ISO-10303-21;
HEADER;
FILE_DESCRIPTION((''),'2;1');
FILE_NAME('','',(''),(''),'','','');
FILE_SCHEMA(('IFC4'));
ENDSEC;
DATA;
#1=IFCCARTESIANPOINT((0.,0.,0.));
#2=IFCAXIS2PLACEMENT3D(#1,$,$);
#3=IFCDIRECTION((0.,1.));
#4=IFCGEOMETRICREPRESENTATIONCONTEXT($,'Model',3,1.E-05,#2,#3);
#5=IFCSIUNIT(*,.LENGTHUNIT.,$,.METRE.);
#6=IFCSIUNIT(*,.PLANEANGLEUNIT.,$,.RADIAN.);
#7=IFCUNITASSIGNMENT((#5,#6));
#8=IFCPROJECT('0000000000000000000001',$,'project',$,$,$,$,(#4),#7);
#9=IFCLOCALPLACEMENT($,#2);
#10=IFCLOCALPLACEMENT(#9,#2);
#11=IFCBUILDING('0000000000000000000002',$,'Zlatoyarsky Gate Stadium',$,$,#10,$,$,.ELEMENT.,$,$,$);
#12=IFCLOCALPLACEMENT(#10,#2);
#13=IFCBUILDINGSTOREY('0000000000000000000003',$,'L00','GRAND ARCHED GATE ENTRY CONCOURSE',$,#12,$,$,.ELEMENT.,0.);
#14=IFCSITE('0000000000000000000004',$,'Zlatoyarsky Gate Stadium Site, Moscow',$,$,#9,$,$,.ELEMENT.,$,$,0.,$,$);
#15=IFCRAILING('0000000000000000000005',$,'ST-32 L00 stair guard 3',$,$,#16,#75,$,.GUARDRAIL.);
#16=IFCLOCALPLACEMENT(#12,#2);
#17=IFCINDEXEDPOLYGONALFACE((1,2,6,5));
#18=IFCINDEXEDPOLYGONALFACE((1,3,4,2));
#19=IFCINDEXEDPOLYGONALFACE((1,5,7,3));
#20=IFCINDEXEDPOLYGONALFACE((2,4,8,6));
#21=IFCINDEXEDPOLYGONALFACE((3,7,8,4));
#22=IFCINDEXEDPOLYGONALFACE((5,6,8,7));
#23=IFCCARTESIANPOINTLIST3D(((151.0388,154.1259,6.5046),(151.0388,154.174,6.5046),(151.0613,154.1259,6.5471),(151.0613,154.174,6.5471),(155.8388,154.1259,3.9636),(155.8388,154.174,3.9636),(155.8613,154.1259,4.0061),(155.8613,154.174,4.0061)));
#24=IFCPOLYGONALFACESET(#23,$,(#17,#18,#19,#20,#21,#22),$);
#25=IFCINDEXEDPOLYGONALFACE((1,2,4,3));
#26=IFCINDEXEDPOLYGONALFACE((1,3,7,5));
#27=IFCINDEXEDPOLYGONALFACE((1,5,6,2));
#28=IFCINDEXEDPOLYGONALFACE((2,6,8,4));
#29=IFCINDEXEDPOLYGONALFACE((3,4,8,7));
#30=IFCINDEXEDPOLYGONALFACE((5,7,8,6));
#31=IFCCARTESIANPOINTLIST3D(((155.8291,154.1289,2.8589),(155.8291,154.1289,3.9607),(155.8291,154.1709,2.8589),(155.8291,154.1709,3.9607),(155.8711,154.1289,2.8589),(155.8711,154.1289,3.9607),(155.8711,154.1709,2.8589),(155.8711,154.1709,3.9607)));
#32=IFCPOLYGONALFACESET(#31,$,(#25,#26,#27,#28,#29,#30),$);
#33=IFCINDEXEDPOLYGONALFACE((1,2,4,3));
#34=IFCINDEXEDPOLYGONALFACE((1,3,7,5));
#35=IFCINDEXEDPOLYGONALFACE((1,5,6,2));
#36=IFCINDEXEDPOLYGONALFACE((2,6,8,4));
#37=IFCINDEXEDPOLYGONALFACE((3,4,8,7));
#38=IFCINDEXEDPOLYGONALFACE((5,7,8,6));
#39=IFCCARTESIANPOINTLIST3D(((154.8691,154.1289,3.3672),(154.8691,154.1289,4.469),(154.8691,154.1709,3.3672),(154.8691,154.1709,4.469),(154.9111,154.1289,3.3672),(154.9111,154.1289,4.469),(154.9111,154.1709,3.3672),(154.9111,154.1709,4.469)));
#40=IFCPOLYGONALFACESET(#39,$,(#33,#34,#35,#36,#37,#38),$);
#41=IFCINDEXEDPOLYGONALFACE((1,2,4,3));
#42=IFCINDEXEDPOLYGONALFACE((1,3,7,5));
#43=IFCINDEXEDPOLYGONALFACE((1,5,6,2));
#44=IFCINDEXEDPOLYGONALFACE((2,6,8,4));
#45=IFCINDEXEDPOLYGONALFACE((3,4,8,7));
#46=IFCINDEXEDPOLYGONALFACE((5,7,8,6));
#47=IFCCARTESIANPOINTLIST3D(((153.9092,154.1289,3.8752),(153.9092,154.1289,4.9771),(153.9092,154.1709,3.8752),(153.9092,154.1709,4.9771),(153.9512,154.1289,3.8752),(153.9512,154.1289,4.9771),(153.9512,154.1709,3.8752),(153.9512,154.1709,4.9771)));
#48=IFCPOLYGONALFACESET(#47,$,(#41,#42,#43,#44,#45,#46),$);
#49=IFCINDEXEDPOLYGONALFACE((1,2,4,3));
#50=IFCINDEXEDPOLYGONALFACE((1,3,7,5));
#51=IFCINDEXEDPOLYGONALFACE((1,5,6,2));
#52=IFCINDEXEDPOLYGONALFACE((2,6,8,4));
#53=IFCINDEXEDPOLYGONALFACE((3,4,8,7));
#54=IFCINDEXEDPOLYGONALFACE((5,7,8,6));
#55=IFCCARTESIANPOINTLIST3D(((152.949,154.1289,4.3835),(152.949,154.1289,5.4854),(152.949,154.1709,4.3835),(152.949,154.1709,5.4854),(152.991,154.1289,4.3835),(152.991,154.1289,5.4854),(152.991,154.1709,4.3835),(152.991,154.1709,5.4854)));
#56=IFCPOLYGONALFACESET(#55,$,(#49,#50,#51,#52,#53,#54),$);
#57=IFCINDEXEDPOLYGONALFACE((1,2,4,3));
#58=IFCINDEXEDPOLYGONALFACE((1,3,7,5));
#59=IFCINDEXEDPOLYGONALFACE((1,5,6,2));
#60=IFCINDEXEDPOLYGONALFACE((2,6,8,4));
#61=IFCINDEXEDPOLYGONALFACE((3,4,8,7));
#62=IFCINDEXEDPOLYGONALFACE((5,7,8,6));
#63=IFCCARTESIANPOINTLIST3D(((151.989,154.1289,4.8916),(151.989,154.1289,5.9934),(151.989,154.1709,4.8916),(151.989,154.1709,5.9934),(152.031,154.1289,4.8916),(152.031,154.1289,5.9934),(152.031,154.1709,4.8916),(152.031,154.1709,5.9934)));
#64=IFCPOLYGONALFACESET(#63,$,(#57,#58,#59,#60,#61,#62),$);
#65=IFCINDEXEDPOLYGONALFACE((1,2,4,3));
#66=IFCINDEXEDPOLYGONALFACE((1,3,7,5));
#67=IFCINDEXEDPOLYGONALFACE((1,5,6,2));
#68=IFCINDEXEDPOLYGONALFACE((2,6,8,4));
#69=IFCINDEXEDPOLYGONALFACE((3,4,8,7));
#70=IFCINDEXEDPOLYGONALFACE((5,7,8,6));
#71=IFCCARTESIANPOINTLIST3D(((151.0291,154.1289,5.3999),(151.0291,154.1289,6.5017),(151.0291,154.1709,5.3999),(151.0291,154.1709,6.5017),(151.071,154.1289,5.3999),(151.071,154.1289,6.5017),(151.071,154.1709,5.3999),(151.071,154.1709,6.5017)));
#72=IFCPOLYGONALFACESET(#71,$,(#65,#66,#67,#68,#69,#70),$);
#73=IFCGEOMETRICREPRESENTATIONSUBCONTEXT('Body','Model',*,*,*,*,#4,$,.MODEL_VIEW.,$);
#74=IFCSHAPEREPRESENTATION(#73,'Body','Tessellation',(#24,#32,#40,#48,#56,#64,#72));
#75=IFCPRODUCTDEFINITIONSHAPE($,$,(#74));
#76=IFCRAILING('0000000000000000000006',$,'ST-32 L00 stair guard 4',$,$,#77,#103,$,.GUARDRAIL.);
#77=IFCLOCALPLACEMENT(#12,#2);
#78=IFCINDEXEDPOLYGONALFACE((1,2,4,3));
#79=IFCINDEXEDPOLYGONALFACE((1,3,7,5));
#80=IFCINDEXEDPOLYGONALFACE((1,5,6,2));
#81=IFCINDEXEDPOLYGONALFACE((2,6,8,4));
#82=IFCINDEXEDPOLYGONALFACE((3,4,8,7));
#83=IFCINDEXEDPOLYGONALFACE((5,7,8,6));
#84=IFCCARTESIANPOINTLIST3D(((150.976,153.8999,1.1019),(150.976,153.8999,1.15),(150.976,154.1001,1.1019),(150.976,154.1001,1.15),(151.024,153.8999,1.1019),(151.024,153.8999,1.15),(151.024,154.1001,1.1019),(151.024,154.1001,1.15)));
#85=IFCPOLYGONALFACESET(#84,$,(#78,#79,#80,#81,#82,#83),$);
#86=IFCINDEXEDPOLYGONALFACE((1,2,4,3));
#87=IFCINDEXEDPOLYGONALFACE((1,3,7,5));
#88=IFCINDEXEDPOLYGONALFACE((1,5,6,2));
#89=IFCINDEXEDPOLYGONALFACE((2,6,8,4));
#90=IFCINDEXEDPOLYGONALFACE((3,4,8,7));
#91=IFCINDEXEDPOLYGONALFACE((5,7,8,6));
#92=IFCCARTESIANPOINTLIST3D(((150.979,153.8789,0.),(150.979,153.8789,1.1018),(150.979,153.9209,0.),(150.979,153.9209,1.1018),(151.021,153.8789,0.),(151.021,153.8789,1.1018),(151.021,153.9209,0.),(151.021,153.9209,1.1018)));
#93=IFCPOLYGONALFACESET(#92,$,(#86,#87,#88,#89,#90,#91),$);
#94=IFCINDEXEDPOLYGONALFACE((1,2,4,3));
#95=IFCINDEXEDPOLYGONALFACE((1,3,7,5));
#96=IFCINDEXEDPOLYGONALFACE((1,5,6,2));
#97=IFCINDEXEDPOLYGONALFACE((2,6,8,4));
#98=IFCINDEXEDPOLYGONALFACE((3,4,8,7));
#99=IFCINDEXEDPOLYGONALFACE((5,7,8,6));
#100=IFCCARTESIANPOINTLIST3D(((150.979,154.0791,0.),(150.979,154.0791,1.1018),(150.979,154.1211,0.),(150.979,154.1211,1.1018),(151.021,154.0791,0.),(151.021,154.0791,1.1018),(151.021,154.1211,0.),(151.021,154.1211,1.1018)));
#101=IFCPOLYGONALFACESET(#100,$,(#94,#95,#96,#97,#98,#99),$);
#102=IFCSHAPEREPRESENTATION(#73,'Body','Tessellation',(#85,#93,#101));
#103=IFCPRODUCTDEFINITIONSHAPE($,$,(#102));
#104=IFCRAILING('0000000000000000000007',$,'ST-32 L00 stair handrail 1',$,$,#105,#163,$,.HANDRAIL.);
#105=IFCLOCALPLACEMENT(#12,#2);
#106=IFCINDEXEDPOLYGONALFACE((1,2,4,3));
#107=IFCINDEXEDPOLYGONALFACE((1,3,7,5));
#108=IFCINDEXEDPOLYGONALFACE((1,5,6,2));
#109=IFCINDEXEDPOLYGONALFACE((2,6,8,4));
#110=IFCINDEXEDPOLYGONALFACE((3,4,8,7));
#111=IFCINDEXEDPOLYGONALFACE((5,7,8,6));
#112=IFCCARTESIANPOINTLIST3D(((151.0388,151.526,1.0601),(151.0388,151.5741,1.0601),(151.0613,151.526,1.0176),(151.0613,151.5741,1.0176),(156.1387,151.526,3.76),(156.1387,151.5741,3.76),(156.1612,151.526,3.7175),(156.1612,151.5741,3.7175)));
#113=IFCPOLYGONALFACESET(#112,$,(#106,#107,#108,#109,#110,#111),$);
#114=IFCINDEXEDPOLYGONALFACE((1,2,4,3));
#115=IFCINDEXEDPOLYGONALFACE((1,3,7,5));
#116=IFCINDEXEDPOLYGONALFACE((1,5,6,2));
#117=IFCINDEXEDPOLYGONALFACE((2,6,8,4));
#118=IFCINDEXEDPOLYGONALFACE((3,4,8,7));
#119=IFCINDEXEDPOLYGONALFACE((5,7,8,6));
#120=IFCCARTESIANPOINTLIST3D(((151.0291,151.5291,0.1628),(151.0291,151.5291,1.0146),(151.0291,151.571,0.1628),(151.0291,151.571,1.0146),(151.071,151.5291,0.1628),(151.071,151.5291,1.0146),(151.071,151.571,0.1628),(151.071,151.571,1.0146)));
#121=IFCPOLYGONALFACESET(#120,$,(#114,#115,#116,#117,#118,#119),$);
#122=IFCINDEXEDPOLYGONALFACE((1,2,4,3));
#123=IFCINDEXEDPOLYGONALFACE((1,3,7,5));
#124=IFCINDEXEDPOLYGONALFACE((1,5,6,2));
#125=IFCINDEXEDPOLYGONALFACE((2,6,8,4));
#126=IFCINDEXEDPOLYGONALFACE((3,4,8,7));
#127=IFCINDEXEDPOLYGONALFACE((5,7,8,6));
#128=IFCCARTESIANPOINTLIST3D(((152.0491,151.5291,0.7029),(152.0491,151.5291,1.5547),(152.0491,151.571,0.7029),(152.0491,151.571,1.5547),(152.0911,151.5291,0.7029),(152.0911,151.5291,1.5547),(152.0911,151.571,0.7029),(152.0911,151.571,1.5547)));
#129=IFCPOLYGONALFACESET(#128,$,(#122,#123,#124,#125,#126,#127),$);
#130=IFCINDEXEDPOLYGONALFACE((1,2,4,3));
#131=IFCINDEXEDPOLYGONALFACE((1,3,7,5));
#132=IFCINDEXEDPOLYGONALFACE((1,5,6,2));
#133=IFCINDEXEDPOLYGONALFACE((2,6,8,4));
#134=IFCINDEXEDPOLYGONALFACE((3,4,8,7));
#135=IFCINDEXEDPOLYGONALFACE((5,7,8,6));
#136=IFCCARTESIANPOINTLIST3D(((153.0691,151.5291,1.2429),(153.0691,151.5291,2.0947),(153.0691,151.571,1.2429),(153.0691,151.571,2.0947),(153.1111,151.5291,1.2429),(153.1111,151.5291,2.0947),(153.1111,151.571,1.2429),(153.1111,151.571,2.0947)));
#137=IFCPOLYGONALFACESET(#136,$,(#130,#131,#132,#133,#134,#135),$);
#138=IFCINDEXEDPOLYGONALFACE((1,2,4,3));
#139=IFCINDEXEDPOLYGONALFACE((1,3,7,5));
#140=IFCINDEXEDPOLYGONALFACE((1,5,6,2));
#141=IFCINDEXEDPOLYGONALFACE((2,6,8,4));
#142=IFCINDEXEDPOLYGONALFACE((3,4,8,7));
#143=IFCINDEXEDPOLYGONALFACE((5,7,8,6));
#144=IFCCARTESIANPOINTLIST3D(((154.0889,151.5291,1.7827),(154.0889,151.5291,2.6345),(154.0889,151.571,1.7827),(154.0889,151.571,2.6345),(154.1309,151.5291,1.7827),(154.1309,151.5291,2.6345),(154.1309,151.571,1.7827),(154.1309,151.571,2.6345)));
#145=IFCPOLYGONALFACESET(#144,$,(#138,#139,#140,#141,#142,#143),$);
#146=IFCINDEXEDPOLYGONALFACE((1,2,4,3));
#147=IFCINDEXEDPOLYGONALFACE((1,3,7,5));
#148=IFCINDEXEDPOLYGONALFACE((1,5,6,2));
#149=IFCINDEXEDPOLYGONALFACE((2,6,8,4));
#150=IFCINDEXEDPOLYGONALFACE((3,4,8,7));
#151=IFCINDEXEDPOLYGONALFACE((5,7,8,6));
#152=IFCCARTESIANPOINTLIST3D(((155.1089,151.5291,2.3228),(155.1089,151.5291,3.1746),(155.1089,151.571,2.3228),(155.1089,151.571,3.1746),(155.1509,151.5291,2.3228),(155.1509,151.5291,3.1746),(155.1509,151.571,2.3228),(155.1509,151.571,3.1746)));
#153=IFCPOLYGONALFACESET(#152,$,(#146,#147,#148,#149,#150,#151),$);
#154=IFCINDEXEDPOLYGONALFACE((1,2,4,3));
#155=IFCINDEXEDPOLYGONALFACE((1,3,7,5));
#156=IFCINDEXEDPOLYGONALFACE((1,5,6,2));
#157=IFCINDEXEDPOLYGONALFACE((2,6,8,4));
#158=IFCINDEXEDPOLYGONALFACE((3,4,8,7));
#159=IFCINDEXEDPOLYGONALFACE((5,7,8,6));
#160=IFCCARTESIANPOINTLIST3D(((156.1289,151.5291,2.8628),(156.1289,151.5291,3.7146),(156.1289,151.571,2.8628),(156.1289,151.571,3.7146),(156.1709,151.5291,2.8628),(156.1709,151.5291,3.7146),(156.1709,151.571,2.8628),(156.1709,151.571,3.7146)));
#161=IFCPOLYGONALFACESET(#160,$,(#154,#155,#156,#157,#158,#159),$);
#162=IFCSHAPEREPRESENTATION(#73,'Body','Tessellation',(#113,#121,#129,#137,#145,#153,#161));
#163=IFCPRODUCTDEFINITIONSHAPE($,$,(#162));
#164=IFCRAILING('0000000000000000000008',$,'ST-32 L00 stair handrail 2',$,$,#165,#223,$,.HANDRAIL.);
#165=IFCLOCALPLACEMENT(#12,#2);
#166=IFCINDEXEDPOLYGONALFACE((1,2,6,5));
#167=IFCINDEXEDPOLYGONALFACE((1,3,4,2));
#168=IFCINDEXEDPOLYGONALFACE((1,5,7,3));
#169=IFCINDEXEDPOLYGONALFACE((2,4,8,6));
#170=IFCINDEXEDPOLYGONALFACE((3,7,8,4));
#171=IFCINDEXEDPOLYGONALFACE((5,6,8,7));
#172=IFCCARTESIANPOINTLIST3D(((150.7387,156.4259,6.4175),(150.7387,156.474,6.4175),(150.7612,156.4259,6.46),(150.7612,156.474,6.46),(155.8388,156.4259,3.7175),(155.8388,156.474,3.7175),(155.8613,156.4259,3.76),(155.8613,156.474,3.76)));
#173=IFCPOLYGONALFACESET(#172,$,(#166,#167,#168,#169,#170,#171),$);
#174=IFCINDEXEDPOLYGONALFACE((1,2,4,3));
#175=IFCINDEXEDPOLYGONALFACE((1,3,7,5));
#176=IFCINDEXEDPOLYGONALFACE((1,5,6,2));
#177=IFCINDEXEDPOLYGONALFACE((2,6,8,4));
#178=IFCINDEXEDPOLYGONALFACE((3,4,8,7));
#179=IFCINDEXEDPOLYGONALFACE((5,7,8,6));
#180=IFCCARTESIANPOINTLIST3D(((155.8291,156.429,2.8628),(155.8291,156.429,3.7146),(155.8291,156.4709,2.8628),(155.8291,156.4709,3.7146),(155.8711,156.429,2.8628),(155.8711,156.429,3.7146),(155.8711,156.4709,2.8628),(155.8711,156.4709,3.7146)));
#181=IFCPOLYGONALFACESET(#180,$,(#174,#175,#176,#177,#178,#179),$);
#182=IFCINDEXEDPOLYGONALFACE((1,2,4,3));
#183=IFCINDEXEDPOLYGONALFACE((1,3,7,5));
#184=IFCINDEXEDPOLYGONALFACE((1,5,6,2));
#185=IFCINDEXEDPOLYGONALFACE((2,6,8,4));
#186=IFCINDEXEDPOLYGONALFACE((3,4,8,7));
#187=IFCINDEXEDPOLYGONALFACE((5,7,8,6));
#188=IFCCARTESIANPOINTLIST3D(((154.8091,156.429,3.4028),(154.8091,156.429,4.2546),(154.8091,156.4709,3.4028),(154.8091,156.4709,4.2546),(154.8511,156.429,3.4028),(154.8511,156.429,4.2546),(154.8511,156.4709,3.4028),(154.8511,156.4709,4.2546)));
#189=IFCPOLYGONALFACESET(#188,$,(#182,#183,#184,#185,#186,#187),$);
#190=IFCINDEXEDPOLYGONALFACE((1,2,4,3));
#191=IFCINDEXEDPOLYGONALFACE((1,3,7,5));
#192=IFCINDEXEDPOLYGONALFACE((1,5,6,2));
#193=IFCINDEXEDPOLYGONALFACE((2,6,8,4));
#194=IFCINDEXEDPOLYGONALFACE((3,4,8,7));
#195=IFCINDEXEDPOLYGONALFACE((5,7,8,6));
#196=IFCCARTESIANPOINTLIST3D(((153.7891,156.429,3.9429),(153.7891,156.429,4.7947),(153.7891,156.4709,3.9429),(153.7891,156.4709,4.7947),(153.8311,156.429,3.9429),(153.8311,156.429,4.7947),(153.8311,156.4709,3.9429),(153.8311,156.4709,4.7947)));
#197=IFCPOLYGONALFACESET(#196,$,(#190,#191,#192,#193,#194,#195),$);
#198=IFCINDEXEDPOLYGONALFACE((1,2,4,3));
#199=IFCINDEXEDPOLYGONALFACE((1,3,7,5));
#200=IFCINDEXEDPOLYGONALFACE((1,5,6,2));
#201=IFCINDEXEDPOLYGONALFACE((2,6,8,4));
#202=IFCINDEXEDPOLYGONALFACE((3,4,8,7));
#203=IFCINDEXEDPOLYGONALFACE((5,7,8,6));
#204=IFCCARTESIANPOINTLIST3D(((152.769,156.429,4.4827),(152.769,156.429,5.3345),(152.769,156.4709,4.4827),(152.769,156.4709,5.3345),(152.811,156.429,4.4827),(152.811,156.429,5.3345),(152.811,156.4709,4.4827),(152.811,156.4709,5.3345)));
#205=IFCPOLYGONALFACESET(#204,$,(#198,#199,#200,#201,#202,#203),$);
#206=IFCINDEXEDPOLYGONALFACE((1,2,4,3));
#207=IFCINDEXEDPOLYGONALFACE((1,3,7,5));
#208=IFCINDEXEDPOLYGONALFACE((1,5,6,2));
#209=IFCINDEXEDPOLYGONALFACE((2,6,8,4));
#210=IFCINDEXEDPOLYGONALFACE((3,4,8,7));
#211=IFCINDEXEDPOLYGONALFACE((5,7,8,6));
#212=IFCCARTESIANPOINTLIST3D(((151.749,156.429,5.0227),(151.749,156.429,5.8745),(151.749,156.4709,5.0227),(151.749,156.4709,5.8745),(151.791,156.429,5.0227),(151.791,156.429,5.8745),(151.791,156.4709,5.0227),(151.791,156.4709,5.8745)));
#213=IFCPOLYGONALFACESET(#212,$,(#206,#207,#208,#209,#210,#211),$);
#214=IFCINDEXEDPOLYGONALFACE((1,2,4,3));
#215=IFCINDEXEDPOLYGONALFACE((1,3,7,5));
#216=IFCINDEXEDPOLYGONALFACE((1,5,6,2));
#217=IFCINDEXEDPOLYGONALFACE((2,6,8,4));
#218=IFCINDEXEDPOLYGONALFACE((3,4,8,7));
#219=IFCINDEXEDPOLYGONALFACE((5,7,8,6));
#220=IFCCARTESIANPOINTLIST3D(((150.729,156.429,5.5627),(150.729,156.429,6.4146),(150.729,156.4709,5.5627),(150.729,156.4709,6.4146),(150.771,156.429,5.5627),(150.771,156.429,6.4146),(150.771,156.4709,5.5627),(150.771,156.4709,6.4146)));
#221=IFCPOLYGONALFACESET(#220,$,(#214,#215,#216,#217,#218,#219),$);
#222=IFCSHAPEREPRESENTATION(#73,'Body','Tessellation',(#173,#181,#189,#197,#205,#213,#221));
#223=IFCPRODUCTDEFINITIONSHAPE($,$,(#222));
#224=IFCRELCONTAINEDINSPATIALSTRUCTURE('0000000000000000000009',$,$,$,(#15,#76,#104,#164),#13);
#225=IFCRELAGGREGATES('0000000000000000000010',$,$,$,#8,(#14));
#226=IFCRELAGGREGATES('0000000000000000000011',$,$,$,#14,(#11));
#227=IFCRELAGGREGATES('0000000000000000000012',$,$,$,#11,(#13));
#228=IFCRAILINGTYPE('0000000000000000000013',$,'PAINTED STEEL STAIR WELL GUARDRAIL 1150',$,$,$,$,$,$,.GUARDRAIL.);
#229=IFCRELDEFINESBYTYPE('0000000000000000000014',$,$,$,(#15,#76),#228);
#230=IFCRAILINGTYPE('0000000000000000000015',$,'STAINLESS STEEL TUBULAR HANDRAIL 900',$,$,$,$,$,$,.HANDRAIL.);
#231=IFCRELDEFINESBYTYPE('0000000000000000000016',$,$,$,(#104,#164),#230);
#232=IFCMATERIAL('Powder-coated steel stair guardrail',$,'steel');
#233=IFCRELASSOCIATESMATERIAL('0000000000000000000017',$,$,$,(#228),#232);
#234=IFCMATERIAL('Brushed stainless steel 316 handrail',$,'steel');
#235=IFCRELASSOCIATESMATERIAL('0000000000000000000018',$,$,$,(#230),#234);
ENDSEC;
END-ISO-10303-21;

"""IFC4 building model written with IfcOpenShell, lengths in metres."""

from ifc_helpers import new_model, si_unit, direction, frame, origin, origin_2d, place, context, subcontext, project, spatial, rectangle, extrude, material, type_object, element, save


model = new_model("IFC4")

# Units and contexts
model_context = context("Model", 3, precision=1e-05, world=origin(), true_north=direction((0.0, 1.0)))
body_context = subcontext(model_context, "Body", "Model", "MODEL_VIEW")
ifc_project = project(units=[si_unit("LENGTHUNIT", "METRE"), si_unit("PLANEANGLEUNIT", "RADIAN")], contexts=[model_context])

# Site, building, storey
site_placement = place(None, origin())
site = spatial("IfcSite", under=ifc_project, at=site_placement, Name="Zlatoyarsky Gate Stadium Site, Moscow", CompositionType="ELEMENT", RefElevation=0.0)
building_placement = place(site_placement, origin())
building = spatial("IfcBuilding", under=site, at=building_placement, Name="Zlatoyarsky Gate Stadium", CompositionType="ELEMENT")
storey_placement = place(building_placement, origin())
storey = spatial("IfcBuildingStorey", under=building, at=storey_placement, Name="L00", Description="GRAND ARCHED GATE ENTRY CONCOURSE", CompositionType="ELEMENT", Elevation=0.0)

# Railings
ifc_material_1 = material(Name="Powder-coated steel stair guardrail", Category="steel")
railing_type_1 = type_object("IfcRailingType", Name="PAINTED STEEL STAIR WELL GUARDRAIL 1150", PredefinedType="GUARDRAIL", material=ifc_material_1)
railing_1_placement = place(storey_placement, frame((155.8501, 154.1499, 2.8589)))
element("IfcRailing", 1, at=railing_1_placement, inside=storey, type_object=railing_type_1, Name="ST-32 L00 stair guard 3", PredefinedType="GUARDRAIL", context=body_context, shape_type="SweptSolid", body=[
    extrude(rectangle(XDim=0.0481, YDim=0.0481, at=origin_2d()), frame((0.0, 0.0, 1.126), z_axis=(-0.883802, 0.0, 0.467861), x_axis=(0.0, -1.0, 0.0)), (0.0, 0.0, 1.0), 5.4312),
    extrude(rectangle(XDim=0.042, YDim=0.042, at=origin_2d()), origin(), (0.0, 0.0, 1.0), 1.1018),
    extrude(rectangle(XDim=0.042, YDim=0.042, at=origin_2d()), frame((-0.96, 0.0, 0.5083)), (0.0, 0.0, 1.0), 1.1018),
    extrude(rectangle(XDim=0.042, YDim=0.042, at=origin_2d()), frame((-1.9199, 0.0, 1.0164)), (0.0, 0.0, 1.0), 1.1018),
    extrude(rectangle(XDim=0.042, YDim=0.042, at=origin_2d()), frame((-2.8801, 0.0, 1.5247)), (0.0, 0.0, 1.0), 1.1018),
    extrude(rectangle(XDim=0.042, YDim=0.042, at=origin_2d()), frame((-3.8401, 0.0, 2.0327)), (0.0, 0.0, 1.0), 1.1018),
    extrude(rectangle(XDim=0.042, YDim=0.042, at=origin_2d()), frame((-4.8, 0.0, 2.541)), (0.0, 0.0, 1.0), 1.1018),
])
railing_2_placement = place(storey_placement, frame((151.0, 153.8999, 0.0)))
element("IfcRailing", 2, at=railing_2_placement, inside=storey, type_object=railing_type_1, Name="ST-32 L00 stair guard 4", PredefinedType="GUARDRAIL", context=body_context, shape_type="SweptSolid", body=[
    extrude(rectangle(XDim=0.0481, YDim=0.0481, at=origin_2d()), frame((0.0, 0.0, 1.126), z_axis=(0.0, 1.0, 0.0), x_axis=(-1.0, 0.0, 0.0)), (0.0, 0.0, 1.0), 0.2002),
    extrude(rectangle(XDim=0.042, YDim=0.042, at=origin_2d()), origin(), (0.0, 0.0, 1.0), 1.1018),
    extrude(rectangle(XDim=0.042, YDim=0.042, at=origin_2d()), frame((0.0, 0.2002, 0.0)), (0.0, 0.0, 1.0), 1.1018),
])
ifc_material_2 = material(Name="Brushed stainless steel 316 handrail", Category="steel")
railing_type_2 = type_object("IfcRailingType", Name="STAINLESS STEEL TUBULAR HANDRAIL 900", PredefinedType="HANDRAIL", material=ifc_material_2)
railing_3_placement = place(storey_placement, frame((151.05, 151.55, 0.1628)))
element("IfcRailing", 3, at=railing_3_placement, inside=storey, type_object=railing_type_2, Name="ST-32 L00 stair handrail 1", PredefinedType="HANDRAIL", context=body_context, shape_type="SweptSolid", body=[
    extrude(rectangle(XDim=0.0481, YDim=0.0481, at=origin_2d()), frame((0.0, 0.0, 0.876), z_axis=(0.883786, 0.0, 0.467892), x_axis=(0.0, 1.0, 0.0)), (0.0, 0.0, 1.0), 5.7705),
    extrude(rectangle(XDim=0.042, YDim=0.042, at=origin_2d()), origin(), (0.0, 0.0, 1.0), 0.8518),
    extrude(rectangle(XDim=0.042, YDim=0.042, at=origin_2d()), frame((1.02, 0.0, 0.54)), (0.0, 0.0, 1.0), 0.8518),
    extrude(rectangle(XDim=0.042, YDim=0.042, at=origin_2d()), frame((2.04, 0.0, 1.0801)), (0.0, 0.0, 1.0), 0.8518),
    extrude(rectangle(XDim=0.042, YDim=0.042, at=origin_2d()), frame((3.0598, 0.0, 1.6199)), (0.0, 0.0, 1.0), 0.8518),
    extrude(rectangle(XDim=0.042, YDim=0.042, at=origin_2d()), frame((4.0798, 0.0, 2.1599)), (0.0, 0.0, 1.0), 0.8518),
    extrude(rectangle(XDim=0.042, YDim=0.042, at=origin_2d()), frame((5.0999, 0.0, 2.7)), (0.0, 0.0, 1.0), 0.8518),
])
railing_4_placement = place(storey_placement, frame((155.8501, 156.45, 2.8628)))
element("IfcRailing", 4, at=railing_4_placement, inside=storey, type_object=railing_type_2, Name="ST-32 L00 stair handrail 2", PredefinedType="HANDRAIL", context=body_context, shape_type="SweptSolid", body=[
    extrude(rectangle(XDim=0.0481, YDim=0.0481, at=origin_2d()), frame((0.0, 0.0, 0.876), z_axis=(-0.883795, 0.0, 0.467874), x_axis=(0.0, -1.0, 0.0)), (0.0, 0.0, 1.0), 5.7708),
    extrude(rectangle(XDim=0.042, YDim=0.042, at=origin_2d()), origin(), (0.0, 0.0, 1.0), 0.8518),
    extrude(rectangle(XDim=0.042, YDim=0.042, at=origin_2d()), frame((-1.02, 0.0, 0.54)), (0.0, 0.0, 1.0), 0.8518),
    extrude(rectangle(XDim=0.042, YDim=0.042, at=origin_2d()), frame((-2.04, 0.0, 1.0801)), (0.0, 0.0, 1.0), 0.8518),
    extrude(rectangle(XDim=0.042, YDim=0.042, at=origin_2d()), frame((-3.0601, 0.0, 1.6199)), (0.0, 0.0, 1.0), 0.8518),
    extrude(rectangle(XDim=0.042, YDim=0.042, at=origin_2d()), frame((-4.0801, 0.0, 2.1599)), (0.0, 0.0, 1.0), 0.8518),
    extrude(rectangle(XDim=0.042, YDim=0.042, at=origin_2d()), frame((-5.1001, 0.0, 2.7)), (0.0, 0.0, 1.0), 0.8518),
])

save(model, "model.ifc")
